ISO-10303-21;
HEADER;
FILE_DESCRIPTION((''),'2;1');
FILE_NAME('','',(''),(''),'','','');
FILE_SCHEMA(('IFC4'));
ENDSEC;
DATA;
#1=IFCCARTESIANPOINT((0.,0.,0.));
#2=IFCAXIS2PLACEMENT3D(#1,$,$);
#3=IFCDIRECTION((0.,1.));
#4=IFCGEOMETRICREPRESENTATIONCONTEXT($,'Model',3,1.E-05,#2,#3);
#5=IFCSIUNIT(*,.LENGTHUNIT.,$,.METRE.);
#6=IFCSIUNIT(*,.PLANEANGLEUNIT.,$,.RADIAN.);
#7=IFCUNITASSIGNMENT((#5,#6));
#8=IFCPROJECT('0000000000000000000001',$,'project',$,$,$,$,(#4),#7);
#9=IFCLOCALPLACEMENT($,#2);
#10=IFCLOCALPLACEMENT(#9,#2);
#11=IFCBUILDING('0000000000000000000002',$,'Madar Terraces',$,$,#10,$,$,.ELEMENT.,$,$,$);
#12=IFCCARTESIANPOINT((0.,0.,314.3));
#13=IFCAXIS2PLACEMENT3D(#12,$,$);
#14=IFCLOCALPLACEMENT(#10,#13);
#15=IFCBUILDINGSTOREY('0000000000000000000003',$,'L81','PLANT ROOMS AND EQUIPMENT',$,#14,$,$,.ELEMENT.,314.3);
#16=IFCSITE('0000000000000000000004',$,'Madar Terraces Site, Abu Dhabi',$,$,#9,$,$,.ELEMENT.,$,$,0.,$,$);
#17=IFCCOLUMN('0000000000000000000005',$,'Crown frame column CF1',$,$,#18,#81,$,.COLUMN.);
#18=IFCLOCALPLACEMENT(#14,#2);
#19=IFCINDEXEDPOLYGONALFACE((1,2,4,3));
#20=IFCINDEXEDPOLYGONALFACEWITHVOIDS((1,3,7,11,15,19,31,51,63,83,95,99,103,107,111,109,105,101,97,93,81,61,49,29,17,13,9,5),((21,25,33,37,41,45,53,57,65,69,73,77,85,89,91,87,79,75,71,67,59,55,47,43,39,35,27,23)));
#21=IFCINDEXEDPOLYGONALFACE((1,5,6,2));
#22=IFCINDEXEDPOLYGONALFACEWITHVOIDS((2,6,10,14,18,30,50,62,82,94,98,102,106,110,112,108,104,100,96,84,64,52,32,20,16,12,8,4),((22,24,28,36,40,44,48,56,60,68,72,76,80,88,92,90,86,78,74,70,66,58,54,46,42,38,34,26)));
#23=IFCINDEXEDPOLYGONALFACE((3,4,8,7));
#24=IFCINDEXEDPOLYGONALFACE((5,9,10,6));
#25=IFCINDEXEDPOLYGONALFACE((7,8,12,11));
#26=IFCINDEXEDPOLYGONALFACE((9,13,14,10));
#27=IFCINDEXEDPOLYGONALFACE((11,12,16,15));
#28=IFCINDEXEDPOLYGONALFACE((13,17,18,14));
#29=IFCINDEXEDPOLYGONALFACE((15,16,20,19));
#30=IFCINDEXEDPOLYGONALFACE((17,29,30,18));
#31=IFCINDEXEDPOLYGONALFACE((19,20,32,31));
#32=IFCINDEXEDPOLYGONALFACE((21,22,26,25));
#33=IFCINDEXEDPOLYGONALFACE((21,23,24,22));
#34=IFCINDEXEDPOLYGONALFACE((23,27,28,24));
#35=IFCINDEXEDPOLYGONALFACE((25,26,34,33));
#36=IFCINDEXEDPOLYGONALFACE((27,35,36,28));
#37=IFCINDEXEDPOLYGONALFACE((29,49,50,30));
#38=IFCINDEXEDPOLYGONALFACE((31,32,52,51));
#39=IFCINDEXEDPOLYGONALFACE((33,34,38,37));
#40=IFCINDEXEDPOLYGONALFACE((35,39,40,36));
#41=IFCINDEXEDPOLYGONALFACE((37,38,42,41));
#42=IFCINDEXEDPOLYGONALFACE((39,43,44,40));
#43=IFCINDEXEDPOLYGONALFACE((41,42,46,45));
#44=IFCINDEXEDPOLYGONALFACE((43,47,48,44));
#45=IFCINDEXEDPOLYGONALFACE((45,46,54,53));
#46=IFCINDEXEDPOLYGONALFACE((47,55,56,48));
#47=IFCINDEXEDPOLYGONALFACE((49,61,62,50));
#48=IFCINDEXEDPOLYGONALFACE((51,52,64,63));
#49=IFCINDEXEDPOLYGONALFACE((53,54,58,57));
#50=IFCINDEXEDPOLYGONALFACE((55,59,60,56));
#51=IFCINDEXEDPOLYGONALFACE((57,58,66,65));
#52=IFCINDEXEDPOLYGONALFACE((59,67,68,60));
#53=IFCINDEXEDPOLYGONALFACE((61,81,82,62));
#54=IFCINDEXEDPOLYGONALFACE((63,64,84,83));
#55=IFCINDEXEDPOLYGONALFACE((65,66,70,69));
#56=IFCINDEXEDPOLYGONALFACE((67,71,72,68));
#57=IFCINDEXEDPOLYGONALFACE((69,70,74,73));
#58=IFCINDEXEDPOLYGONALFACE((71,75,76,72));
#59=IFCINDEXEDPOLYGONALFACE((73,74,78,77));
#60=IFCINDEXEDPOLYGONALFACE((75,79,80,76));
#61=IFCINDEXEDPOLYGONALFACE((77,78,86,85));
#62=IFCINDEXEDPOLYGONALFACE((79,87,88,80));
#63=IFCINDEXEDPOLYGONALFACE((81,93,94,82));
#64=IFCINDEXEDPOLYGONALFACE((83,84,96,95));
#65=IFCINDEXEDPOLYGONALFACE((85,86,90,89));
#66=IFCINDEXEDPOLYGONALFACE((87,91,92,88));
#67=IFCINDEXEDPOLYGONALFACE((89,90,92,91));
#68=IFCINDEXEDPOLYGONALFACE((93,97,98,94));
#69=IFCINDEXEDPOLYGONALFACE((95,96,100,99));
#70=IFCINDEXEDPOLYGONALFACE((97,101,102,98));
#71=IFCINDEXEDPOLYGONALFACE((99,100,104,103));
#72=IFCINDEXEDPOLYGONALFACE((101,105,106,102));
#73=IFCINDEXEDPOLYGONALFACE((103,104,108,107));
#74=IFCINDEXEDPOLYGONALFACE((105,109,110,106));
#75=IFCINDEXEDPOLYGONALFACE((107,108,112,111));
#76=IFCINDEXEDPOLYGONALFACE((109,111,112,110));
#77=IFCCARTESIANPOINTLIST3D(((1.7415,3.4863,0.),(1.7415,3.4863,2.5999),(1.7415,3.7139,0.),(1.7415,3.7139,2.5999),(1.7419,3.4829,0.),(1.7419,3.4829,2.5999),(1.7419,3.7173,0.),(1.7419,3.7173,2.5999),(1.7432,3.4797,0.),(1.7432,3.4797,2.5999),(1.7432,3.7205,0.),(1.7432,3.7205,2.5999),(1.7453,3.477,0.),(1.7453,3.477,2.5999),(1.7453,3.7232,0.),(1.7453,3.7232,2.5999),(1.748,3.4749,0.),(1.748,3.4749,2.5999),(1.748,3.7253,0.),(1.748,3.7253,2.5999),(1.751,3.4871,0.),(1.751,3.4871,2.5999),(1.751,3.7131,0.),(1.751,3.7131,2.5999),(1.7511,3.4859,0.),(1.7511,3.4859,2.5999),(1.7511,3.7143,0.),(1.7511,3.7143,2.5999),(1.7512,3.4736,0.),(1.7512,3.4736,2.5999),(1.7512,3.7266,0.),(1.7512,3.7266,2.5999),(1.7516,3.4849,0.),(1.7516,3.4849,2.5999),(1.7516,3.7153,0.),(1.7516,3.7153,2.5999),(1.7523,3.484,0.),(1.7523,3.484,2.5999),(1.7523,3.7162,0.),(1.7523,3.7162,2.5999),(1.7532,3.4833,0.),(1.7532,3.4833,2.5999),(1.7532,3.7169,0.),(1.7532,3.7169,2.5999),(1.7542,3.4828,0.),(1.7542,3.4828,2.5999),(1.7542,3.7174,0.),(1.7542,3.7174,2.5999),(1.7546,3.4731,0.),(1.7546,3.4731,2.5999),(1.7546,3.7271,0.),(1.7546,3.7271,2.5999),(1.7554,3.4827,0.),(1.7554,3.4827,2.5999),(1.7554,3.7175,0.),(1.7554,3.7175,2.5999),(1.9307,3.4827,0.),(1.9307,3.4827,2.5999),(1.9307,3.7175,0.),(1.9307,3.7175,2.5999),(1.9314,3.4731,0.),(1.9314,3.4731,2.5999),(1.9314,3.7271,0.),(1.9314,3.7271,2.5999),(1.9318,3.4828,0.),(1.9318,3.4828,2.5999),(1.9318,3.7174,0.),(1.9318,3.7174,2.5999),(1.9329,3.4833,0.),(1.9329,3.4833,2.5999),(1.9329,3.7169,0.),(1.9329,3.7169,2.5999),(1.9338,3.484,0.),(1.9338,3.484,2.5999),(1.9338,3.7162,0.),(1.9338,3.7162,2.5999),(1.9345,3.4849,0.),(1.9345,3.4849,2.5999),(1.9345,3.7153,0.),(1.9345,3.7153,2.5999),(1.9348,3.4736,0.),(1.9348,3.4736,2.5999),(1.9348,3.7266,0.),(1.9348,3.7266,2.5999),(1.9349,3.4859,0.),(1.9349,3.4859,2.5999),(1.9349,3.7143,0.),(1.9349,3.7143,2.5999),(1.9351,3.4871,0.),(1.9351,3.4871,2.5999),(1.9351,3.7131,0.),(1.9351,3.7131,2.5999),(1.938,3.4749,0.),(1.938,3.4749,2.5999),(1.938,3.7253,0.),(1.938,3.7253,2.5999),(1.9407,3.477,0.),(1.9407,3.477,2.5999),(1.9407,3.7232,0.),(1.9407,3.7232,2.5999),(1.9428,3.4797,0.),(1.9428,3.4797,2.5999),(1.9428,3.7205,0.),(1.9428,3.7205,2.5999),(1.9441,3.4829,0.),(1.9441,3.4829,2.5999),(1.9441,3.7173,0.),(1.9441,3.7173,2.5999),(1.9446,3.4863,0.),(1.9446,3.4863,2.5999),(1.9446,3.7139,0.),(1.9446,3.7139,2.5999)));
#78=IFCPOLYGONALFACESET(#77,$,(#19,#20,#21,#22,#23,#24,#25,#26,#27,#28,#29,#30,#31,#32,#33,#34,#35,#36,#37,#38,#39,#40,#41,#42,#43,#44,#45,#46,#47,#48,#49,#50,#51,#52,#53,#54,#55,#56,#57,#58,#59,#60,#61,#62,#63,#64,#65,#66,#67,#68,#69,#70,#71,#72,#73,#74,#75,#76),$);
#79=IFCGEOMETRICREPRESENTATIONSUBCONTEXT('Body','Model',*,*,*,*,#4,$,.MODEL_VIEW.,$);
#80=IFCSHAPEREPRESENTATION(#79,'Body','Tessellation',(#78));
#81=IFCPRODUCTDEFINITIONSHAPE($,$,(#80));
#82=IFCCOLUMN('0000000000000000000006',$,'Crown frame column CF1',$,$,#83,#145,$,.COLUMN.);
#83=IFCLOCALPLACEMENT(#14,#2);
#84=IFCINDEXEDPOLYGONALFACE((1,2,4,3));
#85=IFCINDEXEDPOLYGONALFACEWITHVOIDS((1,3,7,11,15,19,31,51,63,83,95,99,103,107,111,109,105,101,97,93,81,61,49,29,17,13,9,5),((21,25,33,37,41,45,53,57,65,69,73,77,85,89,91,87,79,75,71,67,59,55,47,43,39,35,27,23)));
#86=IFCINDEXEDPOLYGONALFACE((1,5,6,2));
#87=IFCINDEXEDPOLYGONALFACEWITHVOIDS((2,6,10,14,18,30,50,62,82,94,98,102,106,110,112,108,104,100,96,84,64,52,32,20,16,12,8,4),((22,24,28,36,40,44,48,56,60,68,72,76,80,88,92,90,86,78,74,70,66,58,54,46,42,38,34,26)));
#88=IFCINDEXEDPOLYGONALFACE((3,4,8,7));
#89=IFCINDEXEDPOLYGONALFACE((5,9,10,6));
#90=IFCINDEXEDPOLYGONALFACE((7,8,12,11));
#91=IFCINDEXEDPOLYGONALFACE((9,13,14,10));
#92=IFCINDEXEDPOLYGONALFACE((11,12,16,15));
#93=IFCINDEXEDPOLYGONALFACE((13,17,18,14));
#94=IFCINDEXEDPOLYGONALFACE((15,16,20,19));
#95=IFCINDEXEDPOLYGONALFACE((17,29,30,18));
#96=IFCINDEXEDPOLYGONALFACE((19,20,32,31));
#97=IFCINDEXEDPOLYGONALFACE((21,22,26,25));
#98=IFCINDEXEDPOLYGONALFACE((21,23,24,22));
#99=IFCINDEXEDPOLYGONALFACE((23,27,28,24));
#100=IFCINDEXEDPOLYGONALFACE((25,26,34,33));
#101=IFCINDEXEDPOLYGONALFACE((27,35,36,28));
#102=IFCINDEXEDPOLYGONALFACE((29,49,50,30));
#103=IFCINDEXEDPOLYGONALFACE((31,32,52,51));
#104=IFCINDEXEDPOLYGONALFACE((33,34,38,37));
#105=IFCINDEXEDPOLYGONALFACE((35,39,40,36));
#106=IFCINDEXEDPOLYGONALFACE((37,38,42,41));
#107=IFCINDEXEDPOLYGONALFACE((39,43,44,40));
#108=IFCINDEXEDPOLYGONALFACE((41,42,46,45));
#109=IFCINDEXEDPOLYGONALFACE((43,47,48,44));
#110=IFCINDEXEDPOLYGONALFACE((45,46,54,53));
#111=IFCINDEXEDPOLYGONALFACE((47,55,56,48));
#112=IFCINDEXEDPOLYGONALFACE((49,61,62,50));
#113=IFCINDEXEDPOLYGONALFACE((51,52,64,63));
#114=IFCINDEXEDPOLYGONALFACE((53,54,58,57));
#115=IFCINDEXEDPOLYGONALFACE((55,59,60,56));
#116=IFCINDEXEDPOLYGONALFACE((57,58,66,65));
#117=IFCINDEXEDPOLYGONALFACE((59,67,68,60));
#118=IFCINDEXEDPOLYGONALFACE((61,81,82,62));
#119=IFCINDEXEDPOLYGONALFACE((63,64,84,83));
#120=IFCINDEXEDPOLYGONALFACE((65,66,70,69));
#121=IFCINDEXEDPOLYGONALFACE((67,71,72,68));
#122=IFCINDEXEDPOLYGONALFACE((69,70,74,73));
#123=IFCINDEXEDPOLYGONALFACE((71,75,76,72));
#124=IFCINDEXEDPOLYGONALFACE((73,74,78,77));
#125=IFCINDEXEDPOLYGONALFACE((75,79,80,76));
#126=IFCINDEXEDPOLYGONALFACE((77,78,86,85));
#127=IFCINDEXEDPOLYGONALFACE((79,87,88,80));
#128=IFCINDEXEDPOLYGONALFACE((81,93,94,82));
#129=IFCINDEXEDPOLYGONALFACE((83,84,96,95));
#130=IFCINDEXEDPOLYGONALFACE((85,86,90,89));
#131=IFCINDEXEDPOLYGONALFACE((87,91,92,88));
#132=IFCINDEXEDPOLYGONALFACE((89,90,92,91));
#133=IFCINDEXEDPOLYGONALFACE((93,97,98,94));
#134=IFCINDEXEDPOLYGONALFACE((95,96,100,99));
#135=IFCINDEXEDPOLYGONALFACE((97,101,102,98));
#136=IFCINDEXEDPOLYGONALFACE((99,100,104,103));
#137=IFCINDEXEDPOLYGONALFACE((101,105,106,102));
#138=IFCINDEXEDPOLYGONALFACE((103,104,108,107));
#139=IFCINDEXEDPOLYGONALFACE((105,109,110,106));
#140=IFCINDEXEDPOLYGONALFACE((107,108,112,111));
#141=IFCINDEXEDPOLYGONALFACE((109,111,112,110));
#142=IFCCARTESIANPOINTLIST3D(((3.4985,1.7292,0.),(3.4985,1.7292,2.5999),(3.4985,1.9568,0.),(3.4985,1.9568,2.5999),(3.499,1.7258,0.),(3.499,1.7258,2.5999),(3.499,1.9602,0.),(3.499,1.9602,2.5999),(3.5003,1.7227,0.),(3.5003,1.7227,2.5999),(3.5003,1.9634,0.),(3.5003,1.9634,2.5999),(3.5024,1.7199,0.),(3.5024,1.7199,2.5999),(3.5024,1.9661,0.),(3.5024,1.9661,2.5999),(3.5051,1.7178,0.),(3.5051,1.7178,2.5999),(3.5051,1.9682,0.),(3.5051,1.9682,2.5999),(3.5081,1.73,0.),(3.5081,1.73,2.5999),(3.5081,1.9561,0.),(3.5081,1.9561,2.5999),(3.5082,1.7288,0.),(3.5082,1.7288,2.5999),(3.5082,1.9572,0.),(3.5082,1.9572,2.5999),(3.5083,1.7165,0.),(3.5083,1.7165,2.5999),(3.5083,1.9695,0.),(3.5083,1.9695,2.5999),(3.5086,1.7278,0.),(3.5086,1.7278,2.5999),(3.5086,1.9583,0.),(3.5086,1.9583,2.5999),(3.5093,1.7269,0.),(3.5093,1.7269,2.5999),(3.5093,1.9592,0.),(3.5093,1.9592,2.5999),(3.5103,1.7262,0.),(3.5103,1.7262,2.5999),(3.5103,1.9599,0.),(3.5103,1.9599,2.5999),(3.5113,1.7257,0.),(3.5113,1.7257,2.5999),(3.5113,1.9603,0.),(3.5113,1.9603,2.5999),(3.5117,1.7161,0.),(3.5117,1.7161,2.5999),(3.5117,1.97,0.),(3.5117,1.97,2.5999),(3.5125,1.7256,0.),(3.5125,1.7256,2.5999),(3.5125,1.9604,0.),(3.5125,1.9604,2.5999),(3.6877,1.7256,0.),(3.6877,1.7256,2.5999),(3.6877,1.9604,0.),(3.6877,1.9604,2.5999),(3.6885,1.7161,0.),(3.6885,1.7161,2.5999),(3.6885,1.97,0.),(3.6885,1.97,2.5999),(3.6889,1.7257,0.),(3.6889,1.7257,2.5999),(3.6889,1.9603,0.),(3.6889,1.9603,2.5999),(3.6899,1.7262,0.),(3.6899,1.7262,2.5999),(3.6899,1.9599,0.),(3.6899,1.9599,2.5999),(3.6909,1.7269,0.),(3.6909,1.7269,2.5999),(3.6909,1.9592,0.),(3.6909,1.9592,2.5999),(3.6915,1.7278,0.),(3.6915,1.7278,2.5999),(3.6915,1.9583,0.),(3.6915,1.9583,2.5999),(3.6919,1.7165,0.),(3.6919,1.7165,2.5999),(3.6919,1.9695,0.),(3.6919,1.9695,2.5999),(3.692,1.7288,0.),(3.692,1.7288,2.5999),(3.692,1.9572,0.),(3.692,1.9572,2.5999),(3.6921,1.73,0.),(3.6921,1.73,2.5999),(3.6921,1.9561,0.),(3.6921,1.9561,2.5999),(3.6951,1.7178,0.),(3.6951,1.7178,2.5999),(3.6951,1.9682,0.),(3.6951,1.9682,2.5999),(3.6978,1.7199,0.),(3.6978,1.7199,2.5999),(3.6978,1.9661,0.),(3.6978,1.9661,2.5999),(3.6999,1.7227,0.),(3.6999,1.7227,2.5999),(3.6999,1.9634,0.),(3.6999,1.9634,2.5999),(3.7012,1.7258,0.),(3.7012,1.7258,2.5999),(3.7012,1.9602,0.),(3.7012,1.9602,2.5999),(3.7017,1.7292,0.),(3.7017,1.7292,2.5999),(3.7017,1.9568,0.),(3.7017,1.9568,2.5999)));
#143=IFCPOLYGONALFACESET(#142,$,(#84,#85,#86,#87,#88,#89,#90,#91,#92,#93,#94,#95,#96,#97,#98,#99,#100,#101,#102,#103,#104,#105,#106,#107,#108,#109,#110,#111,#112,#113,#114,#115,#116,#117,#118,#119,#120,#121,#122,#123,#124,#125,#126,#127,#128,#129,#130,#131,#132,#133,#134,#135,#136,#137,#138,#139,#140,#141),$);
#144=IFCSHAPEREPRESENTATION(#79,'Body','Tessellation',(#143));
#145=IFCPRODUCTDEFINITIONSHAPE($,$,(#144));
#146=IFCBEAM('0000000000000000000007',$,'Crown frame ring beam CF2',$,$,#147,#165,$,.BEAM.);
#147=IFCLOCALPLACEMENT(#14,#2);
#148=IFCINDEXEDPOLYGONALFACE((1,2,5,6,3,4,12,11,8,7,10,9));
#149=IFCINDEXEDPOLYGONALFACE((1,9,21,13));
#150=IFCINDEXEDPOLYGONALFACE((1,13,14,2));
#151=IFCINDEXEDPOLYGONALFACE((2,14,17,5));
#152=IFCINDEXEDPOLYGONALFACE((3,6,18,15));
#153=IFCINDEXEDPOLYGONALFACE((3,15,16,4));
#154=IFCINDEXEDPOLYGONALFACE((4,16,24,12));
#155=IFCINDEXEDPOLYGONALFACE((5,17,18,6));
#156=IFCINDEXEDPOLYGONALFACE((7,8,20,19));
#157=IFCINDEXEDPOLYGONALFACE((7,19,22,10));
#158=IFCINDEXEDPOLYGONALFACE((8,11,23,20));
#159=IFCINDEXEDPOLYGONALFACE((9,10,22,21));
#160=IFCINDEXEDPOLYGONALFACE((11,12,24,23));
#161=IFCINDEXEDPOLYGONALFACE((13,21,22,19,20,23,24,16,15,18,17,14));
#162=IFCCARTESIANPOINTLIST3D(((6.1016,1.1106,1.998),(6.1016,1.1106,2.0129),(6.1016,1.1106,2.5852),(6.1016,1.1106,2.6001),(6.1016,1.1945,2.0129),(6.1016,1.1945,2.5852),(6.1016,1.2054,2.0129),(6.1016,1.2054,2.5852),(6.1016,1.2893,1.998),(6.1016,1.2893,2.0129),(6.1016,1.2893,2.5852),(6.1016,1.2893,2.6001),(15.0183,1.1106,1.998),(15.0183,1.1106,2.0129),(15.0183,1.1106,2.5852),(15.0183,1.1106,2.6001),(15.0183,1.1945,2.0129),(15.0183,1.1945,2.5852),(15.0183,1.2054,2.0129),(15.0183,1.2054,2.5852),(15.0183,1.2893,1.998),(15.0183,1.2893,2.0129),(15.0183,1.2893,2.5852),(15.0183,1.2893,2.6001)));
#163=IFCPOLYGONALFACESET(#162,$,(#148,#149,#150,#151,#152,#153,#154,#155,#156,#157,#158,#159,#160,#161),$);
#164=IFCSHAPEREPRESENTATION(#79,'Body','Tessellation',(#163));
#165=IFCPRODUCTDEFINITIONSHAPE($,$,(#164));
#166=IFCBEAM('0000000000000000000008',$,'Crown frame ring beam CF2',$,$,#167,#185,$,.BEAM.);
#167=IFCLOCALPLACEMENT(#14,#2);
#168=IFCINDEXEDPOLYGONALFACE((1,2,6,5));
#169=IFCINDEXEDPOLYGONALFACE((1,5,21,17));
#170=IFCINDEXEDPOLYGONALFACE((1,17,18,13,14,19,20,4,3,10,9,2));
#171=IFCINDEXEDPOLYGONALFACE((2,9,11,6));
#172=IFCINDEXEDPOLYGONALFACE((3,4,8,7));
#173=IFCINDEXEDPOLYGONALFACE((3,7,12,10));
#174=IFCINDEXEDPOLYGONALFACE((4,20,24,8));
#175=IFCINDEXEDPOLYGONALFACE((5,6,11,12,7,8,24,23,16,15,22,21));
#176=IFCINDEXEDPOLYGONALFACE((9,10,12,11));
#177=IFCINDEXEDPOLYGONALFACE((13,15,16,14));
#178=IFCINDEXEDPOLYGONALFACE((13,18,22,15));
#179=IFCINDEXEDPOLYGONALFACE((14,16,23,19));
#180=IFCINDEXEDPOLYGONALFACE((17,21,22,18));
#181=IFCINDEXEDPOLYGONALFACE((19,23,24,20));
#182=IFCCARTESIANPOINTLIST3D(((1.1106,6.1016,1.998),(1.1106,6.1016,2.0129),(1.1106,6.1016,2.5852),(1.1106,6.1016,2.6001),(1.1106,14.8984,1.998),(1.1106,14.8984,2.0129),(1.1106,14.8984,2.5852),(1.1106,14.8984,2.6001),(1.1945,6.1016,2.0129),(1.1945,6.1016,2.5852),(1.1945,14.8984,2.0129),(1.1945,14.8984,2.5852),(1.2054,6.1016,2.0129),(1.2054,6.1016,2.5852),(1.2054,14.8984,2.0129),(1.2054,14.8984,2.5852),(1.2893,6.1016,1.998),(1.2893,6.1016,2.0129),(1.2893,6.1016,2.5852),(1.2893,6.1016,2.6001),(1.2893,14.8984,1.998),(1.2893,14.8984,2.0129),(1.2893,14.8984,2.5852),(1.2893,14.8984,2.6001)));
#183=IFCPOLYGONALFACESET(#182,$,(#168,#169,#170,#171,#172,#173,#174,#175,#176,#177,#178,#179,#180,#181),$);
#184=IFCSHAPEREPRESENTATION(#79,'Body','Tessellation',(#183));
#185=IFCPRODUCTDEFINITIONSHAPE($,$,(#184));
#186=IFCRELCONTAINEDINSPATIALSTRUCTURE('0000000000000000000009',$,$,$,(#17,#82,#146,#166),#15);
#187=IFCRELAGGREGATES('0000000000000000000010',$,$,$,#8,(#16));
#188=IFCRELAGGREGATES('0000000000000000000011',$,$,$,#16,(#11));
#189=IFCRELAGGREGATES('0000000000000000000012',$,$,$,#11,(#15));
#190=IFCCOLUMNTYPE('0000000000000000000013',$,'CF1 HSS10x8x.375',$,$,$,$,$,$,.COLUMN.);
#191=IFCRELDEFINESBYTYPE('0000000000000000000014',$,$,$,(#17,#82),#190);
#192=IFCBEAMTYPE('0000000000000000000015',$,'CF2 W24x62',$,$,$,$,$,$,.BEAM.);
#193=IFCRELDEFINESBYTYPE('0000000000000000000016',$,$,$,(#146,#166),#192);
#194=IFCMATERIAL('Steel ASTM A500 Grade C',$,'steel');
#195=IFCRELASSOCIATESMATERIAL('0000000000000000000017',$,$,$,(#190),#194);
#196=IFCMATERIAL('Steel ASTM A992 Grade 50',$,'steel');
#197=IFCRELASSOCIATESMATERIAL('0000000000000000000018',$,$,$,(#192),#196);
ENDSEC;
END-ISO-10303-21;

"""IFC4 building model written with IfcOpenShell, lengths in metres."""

from ifc_helpers import new_model, si_unit, direction, frame, origin, origin_2d, place, context, subcontext, project, spatial, hollow_rectangle, i_section, extrude, material, material_profile, profile_set, type_object, element, save


model = new_model("IFC4")

# Units and contexts
model_context = context("Model", 3, precision=1e-05, world=origin(), true_north=direction((0.0, 1.0)))
body_context = subcontext(model_context, "Body", "Model", "MODEL_VIEW")
ifc_project = project(units=[si_unit("LENGTHUNIT", "METRE"), si_unit("PLANEANGLEUNIT", "RADIAN")], contexts=[model_context])

# Site, building, storey
site_placement = place(None, origin())
site = spatial("IfcSite", under=ifc_project, at=site_placement, Name="Madar Terraces Site, Abu Dhabi", CompositionType="ELEMENT", RefElevation=0.0)
building_placement = place(site_placement, origin())
building = spatial("IfcBuilding", under=site, at=building_placement, Name="Madar Terraces", CompositionType="ELEMENT")
storey_placement = place(building_placement, frame((0.0, 0.0, 314.3)))
storey = spatial("IfcBuildingStorey", under=building, at=storey_placement, Name="L81", Description="PLANT ROOMS AND EQUIPMENT", CompositionType="ELEMENT", Elevation=314.3)

# Columns
ifc_material_1 = material(Name="Steel ASTM A500 Grade C", Category="steel")
ifc_material_profile_1 = material_profile(ifc_material_1, hollow_rectangle(XDim=0.2031, YDim=0.2539, WallThickness=0.0095, InnerFilletRadius=0.0044, OuterFilletRadius=0.0132, at=origin_2d()), Name="HSS10x8x.375")
ifc_profile_set_1 = profile_set([ifc_material_profile_1], Name="Steel ASTM A500 Grade C")
column_type = type_object("IfcColumnType", Name="CF1 HSS10x8x.375", PredefinedType="COLUMN", material=ifc_profile_set_1)
for number, where, z_axis, x_axis, name in (
    (1, (1.843, 3.6001, 0.0), (0.0, 0.0, 1.0), (1.0, 0.0, 0.0), "Crown frame column CF1"),
    (2, (3.6001, 1.843, 0.0), (0.0, 0.0, 1.0), (1.0, 0.0, 0.0), "Crown frame column CF1"),
):
    element("IfcColumn", number, at=place(storey_placement, frame(where, z_axis=z_axis, x_axis=x_axis)), inside=storey, type_object=column_type, Name=name, PredefinedType="COLUMN", context=body_context, shape_type="SweptSolid", body=[
        extrude(hollow_rectangle(XDim=0.2031, YDim=0.2539, WallThickness=0.0095, InnerFilletRadius=0.0044, OuterFilletRadius=0.0132, at=origin_2d()), origin(), (0.0, 0.0, 1.0), 2.5999),
    ])

# Beams
ifc_material_2 = material(Name="Steel ASTM A992 Grade 50", Category="steel")
ifc_material_profile_2 = material_profile(ifc_material_2, i_section(OverallWidth=0.1787, OverallDepth=0.6021, WebThickness=0.011, FlangeThickness=0.0149, at=origin_2d()), Name="W24x62")
ifc_profile_set_2 = profile_set([ifc_material_profile_2], Name="Steel ASTM A992 Grade 50")
beam_type = type_object("IfcBeamType", Name="CF2 W24x62", PredefinedType="BEAM", material=ifc_profile_set_2)
beam_1_placement = place(storey_placement, frame((6.1016, 1.2, 2.2991), z_axis=(1.0, 0.0, 0.0), x_axis=(0.0, 1.0, 0.0)))
element("IfcBeam", 3, at=beam_1_placement, inside=storey, type_object=beam_type, Name="Crown frame ring beam CF2", PredefinedType="BEAM", context=body_context, shape_type="SweptSolid", body=[
    extrude(i_section(OverallWidth=0.1787, OverallDepth=0.6021, WebThickness=0.011, FlangeThickness=0.0149, at=origin_2d()), origin(), (0.0, 0.0, 1.0), 8.9167),
])
beam_2_placement = place(storey_placement, frame((1.2, 14.8984, 2.2991), z_axis=(0.0, -1.0, 0.0), x_axis=(1.0, 0.0, 0.0)))
element("IfcBeam", 4, at=beam_2_placement, inside=storey, type_object=beam_type, Name="Crown frame ring beam CF2", PredefinedType="BEAM", context=body_context, shape_type="SweptSolid", body=[
    extrude(i_section(OverallWidth=0.1787, OverallDepth=0.6021, WebThickness=0.011, FlangeThickness=0.0149, at=origin_2d()), origin(), (0.0, 0.0, 1.0), 8.7969),
])

save(model, "model.ifc")
